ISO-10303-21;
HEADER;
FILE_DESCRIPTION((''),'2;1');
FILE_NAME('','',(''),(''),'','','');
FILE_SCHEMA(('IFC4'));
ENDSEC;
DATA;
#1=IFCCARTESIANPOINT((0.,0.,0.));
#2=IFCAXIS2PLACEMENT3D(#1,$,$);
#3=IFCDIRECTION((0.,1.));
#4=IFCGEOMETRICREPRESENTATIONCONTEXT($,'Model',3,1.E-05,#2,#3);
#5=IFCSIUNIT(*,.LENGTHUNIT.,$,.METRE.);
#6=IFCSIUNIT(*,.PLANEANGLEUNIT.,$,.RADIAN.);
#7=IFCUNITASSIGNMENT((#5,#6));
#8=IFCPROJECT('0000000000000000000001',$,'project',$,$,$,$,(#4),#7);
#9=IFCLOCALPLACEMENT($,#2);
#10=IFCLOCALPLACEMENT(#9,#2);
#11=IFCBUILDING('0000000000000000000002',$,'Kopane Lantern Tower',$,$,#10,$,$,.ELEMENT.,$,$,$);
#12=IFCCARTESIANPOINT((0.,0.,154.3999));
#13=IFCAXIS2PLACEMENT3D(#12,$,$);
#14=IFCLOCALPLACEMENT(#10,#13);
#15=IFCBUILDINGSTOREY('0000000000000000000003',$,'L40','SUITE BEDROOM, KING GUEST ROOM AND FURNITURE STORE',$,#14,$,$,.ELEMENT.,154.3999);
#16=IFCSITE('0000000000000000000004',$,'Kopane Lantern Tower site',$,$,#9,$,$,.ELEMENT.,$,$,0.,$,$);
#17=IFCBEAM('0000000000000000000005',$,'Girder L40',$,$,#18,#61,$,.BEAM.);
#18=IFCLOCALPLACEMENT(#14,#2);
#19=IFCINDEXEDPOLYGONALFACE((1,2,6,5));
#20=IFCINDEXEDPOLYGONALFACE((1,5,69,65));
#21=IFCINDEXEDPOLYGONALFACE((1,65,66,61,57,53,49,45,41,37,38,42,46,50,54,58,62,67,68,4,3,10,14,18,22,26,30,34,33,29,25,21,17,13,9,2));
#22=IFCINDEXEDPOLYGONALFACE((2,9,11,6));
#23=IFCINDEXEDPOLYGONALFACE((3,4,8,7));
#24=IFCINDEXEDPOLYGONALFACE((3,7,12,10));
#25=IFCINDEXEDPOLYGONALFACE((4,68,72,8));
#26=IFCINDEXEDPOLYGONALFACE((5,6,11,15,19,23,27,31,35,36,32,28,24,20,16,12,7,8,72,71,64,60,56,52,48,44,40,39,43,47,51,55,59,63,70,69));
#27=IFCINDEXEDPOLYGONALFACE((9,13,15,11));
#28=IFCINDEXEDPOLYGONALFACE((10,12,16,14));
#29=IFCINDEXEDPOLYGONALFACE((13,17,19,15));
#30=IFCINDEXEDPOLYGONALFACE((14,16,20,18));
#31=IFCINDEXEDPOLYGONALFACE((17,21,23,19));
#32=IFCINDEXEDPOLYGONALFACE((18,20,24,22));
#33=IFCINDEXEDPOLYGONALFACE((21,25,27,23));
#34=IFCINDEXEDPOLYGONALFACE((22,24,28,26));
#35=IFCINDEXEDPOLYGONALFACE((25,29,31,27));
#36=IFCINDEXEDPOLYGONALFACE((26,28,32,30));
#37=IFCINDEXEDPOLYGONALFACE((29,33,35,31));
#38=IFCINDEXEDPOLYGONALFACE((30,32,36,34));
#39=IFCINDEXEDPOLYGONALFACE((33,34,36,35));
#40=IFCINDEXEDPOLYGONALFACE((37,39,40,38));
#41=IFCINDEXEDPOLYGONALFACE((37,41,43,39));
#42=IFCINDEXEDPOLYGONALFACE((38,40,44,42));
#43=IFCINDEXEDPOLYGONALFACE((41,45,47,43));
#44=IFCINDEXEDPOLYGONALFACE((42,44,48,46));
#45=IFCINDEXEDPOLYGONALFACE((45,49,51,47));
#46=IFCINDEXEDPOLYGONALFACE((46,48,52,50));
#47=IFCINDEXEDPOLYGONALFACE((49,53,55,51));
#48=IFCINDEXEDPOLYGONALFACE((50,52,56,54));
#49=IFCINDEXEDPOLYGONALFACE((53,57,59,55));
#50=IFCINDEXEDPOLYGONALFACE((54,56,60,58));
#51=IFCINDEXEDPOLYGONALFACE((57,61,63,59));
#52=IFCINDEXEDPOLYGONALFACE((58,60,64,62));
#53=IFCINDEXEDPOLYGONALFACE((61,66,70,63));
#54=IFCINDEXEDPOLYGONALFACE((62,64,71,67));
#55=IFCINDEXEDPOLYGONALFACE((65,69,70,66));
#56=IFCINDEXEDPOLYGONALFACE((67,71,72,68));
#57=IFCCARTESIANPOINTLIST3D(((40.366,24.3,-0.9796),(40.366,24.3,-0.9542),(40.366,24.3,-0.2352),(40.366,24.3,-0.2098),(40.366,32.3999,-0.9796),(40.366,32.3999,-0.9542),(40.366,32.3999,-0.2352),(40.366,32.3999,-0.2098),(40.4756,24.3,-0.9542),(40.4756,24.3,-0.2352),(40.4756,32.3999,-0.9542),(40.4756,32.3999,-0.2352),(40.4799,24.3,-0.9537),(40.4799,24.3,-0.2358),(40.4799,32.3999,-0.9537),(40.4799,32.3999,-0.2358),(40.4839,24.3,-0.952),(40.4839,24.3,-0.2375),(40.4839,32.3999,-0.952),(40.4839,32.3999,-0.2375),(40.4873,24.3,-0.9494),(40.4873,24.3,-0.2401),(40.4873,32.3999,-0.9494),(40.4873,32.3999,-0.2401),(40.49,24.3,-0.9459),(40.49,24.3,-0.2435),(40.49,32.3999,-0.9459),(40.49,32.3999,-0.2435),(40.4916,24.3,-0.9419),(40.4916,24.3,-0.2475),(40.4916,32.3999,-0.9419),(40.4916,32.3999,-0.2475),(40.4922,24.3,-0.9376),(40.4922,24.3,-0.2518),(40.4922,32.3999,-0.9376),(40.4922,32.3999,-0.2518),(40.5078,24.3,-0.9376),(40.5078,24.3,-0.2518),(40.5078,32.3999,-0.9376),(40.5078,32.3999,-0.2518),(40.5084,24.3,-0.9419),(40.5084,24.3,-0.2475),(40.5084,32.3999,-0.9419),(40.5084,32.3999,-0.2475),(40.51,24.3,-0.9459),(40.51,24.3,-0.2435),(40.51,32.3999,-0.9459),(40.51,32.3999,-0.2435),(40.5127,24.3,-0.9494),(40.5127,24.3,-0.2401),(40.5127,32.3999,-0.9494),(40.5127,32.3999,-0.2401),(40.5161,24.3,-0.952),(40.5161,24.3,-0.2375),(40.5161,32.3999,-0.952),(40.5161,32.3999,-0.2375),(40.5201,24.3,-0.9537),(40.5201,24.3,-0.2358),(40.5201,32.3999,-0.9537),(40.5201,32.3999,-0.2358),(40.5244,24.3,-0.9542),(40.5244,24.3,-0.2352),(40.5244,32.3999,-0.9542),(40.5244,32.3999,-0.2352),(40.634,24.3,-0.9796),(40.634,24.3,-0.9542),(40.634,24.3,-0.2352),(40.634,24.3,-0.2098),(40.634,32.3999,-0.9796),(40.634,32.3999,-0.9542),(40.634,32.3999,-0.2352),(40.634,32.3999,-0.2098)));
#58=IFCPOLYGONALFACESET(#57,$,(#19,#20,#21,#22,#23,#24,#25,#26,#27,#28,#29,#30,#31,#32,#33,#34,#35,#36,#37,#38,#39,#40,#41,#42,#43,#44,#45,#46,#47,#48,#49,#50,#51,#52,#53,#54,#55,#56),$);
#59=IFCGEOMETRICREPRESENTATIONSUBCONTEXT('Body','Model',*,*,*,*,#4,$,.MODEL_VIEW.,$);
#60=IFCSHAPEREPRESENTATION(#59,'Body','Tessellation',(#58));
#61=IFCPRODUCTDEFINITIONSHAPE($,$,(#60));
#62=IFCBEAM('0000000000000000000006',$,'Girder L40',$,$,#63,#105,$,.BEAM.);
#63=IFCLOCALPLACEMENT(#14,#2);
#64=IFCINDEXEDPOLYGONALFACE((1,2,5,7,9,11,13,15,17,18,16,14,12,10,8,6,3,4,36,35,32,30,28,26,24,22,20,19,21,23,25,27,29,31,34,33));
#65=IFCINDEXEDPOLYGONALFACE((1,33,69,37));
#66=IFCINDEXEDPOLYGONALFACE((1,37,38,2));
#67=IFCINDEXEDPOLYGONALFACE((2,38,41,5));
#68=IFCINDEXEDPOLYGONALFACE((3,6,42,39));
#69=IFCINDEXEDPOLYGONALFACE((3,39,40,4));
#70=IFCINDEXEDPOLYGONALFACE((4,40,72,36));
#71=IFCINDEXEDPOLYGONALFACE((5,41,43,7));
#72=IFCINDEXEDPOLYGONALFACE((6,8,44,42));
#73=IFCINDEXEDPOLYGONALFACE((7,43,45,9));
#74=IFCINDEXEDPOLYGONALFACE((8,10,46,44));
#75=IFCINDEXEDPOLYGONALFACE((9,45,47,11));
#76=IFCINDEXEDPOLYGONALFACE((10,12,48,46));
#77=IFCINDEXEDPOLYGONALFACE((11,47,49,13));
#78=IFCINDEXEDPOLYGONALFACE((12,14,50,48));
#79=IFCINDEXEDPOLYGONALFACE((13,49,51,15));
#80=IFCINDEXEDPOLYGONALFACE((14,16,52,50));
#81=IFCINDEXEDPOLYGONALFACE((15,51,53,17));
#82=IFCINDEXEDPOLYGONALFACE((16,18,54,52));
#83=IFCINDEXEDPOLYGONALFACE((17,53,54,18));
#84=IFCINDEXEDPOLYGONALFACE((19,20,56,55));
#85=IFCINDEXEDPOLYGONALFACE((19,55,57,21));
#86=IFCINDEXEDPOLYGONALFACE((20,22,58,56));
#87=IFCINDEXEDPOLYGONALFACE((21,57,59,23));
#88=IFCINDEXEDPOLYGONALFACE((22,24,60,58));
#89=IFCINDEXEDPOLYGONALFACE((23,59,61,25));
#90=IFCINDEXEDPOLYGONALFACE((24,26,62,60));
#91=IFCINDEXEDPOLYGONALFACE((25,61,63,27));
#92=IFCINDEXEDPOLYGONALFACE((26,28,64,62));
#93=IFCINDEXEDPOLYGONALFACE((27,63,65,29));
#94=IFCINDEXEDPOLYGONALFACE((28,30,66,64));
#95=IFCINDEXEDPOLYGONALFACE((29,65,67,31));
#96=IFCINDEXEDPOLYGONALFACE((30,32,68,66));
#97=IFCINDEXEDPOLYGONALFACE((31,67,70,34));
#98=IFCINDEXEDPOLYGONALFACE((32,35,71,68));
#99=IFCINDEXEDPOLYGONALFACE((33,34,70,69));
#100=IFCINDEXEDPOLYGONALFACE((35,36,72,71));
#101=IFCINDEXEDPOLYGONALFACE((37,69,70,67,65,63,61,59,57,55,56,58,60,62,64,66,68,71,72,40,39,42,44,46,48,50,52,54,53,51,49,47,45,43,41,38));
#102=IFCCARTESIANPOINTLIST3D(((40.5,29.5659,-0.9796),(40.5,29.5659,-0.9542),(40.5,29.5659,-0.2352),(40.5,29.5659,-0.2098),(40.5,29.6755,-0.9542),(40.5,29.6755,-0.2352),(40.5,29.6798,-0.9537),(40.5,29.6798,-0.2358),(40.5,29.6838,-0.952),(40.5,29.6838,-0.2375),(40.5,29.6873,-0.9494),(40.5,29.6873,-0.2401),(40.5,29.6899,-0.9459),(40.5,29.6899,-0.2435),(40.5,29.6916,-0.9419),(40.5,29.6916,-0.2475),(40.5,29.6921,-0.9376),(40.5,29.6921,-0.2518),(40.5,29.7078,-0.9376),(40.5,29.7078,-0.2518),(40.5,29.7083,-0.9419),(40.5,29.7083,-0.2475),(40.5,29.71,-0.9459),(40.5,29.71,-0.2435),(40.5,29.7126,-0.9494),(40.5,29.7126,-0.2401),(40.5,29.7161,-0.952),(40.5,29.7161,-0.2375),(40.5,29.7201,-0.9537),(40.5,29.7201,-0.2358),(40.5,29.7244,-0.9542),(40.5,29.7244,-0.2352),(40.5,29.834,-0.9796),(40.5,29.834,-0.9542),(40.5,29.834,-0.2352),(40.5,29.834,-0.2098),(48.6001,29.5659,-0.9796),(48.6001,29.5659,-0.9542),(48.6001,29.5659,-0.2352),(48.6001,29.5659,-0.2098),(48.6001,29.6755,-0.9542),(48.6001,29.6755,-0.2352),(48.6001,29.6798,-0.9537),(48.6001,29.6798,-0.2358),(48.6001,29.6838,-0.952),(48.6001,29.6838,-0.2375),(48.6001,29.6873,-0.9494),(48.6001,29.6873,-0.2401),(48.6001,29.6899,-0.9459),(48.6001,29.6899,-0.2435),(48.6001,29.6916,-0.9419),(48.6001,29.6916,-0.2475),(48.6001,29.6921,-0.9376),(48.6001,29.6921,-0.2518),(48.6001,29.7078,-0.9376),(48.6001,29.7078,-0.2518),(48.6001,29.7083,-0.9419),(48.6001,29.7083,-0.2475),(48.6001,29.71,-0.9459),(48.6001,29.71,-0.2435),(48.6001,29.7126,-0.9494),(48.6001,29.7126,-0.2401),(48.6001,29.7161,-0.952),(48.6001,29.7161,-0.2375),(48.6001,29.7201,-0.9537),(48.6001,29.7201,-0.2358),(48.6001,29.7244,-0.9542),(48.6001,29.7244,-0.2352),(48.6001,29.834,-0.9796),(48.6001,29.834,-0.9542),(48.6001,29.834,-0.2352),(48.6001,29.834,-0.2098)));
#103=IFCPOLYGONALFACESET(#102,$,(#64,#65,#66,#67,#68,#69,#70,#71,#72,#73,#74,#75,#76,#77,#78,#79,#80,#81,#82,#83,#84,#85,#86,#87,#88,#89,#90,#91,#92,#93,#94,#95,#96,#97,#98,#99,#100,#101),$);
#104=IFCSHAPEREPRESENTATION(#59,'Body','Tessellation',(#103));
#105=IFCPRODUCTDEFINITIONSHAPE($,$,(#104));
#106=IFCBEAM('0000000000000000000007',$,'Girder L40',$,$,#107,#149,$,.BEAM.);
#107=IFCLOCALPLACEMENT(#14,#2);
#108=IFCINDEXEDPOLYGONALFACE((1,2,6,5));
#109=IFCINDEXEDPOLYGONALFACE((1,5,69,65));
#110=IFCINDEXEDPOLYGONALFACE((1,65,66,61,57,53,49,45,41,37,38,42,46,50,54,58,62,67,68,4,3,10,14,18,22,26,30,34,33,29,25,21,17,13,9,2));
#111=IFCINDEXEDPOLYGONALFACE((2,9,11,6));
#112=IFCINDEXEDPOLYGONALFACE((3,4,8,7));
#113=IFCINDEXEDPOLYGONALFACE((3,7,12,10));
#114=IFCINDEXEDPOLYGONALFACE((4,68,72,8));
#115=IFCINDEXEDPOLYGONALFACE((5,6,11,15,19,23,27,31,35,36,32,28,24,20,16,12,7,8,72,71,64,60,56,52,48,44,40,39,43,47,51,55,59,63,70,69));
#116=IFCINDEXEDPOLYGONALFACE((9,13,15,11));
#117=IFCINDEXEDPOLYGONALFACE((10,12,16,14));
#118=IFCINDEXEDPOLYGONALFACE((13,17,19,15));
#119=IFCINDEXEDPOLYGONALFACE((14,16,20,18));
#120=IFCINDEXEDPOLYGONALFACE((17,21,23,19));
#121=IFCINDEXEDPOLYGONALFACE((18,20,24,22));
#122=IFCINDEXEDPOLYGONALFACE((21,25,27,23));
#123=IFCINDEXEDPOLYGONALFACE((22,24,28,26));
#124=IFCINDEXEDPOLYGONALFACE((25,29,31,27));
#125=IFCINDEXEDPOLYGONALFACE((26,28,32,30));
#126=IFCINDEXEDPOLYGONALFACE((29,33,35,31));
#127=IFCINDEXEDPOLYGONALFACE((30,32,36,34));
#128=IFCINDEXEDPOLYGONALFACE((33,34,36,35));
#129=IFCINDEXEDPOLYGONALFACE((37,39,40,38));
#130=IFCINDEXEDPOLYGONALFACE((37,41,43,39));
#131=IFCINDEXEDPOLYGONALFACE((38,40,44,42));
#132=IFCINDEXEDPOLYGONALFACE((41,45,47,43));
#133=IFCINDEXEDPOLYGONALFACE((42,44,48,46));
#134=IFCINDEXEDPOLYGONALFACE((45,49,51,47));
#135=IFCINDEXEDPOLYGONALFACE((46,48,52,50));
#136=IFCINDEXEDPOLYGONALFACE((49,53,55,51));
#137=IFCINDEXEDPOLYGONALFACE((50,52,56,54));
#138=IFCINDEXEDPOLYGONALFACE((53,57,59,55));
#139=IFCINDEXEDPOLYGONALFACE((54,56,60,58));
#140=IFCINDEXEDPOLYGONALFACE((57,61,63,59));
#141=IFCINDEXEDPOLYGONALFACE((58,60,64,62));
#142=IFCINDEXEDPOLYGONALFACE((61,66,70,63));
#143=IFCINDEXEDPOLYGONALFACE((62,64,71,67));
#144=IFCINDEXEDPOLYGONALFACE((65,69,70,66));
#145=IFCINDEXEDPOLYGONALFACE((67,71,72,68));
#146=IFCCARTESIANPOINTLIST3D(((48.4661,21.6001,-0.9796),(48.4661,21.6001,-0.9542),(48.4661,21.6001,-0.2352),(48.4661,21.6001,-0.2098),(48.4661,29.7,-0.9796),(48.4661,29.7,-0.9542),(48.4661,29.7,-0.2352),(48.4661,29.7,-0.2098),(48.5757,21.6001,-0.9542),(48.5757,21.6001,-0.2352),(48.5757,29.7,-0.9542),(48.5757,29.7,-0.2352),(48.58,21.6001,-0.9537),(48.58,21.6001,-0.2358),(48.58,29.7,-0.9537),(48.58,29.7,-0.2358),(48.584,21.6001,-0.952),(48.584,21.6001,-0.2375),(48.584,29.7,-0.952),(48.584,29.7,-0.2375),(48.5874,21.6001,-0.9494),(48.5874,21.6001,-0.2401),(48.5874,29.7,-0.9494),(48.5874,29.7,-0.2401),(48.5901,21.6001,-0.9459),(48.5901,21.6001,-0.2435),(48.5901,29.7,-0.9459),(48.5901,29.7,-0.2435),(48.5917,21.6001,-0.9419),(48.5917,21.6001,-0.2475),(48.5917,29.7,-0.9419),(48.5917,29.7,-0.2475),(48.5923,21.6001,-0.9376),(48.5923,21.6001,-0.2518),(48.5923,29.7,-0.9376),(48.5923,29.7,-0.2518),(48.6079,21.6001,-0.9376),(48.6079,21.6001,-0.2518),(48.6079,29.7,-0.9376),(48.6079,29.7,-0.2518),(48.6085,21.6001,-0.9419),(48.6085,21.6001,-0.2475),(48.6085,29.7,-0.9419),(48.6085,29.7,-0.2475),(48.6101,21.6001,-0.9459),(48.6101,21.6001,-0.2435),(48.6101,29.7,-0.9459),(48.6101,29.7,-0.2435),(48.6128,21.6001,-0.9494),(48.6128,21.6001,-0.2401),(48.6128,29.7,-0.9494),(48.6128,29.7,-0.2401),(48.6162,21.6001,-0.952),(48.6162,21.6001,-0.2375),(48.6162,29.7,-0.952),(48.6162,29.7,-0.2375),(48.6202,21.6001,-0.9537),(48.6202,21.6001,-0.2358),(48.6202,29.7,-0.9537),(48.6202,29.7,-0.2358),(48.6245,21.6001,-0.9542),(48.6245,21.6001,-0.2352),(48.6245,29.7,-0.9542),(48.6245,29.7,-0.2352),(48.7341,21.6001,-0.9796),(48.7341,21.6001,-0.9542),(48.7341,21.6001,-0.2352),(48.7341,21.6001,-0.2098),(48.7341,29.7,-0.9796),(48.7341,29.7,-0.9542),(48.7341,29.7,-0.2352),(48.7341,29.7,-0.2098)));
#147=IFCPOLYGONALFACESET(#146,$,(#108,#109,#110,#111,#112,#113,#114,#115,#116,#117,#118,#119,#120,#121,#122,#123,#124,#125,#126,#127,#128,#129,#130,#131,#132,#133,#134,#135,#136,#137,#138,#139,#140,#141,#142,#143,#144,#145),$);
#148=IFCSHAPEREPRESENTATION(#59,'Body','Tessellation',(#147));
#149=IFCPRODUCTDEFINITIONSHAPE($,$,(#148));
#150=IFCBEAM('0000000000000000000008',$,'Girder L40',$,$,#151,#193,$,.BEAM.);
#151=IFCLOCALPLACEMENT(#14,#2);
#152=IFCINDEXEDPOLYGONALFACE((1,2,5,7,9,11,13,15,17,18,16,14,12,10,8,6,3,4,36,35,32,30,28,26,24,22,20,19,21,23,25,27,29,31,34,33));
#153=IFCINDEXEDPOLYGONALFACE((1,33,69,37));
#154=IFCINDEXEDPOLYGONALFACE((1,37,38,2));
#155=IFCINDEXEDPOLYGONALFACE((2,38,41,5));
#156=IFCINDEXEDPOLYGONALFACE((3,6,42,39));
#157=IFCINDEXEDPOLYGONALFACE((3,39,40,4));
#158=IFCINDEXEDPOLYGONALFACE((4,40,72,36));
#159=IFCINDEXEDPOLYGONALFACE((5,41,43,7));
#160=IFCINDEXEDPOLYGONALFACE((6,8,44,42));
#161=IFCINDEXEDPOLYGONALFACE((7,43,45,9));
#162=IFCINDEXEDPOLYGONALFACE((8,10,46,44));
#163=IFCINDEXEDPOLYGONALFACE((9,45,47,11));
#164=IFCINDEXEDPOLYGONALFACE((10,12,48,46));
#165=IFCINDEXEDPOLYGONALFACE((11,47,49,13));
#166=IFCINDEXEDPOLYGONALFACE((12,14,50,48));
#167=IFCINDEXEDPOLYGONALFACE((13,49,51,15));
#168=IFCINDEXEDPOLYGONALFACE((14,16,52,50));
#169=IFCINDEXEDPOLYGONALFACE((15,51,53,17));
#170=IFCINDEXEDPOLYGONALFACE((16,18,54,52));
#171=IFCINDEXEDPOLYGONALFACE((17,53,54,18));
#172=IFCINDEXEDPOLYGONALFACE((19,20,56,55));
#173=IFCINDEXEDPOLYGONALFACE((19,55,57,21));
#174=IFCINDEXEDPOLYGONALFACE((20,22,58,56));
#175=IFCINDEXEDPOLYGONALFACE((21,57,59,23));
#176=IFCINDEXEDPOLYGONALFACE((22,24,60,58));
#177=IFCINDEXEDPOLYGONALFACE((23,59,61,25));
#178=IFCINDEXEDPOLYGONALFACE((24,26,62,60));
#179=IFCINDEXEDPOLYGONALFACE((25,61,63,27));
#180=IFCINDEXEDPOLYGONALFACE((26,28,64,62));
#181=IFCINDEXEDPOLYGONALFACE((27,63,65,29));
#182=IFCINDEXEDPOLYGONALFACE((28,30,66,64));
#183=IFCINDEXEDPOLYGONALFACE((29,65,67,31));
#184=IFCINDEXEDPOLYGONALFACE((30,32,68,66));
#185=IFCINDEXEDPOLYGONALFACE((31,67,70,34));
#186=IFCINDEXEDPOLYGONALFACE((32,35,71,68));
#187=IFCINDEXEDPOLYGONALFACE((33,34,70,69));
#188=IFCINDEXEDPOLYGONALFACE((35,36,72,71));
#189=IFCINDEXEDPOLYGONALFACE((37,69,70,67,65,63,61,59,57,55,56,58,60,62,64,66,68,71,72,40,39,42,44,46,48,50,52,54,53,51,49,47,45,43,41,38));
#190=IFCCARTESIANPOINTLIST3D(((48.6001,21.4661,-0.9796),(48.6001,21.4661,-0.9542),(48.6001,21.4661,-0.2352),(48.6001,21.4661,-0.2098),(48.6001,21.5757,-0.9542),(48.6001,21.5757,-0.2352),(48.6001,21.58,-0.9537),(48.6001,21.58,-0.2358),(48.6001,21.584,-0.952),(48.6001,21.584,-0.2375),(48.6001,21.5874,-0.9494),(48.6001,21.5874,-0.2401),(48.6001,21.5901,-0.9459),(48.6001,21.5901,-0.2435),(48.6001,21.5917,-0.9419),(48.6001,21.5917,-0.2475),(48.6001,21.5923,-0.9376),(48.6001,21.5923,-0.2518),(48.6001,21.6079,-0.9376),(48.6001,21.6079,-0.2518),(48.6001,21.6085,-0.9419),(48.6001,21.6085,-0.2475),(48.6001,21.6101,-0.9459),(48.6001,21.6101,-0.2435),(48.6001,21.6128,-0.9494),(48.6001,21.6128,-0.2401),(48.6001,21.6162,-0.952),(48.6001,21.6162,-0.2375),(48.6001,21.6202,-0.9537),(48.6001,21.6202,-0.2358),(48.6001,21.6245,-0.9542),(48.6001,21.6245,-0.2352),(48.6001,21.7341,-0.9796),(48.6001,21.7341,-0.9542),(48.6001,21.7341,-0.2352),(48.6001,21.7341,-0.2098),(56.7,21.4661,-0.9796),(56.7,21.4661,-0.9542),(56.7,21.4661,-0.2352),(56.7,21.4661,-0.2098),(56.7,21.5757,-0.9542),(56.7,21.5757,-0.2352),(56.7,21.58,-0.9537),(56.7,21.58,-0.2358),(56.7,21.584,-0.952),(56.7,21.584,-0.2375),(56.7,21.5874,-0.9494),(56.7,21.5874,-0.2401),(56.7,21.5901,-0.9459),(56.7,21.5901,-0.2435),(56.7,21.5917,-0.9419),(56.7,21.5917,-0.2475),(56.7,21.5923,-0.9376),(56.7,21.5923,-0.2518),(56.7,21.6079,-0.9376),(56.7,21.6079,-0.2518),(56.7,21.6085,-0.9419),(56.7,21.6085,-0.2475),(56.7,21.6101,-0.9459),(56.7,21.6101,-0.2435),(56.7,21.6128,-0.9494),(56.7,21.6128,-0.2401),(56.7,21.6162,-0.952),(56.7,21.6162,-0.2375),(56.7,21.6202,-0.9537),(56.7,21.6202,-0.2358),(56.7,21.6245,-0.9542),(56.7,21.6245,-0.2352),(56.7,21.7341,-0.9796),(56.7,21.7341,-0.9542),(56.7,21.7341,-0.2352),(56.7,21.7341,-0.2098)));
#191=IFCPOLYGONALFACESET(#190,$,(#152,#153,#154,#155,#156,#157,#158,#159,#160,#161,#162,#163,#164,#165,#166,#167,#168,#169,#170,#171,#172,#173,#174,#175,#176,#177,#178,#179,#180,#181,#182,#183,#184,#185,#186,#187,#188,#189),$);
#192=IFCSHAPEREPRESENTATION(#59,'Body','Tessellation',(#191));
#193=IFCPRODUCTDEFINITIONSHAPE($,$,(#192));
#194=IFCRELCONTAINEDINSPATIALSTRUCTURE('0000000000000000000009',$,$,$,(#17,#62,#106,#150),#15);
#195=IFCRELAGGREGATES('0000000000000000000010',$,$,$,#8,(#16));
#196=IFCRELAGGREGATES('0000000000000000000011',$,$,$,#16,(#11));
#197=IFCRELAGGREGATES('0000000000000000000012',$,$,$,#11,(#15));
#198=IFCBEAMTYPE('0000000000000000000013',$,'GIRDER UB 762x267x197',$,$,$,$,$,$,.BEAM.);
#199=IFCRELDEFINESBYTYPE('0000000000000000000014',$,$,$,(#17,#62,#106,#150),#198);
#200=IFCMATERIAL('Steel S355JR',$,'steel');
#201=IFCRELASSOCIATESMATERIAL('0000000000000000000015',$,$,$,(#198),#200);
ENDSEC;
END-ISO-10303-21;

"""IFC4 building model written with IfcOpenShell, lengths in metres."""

from ifc_helpers import new_model, si_unit, direction, frame, origin, origin_2d, place, context, subcontext, project, spatial, i_section, extrude, material, material_profile, profile_set, type_object, element, save


model = new_model("IFC4")

# Units and contexts
model_context = context("Model", 3, precision=1e-05, world=origin(), true_north=direction((0.0, 1.0)))
body_context = subcontext(model_context, "Body", "Model", "MODEL_VIEW")
ifc_project = project(units=[si_unit("LENGTHUNIT", "METRE"), si_unit("PLANEANGLEUNIT", "RADIAN")], contexts=[model_context])

# Site, building, storey
site_placement = place(None, origin())
site = spatial("IfcSite", under=ifc_project, at=site_placement, Name="Kopane Lantern Tower site", CompositionType="ELEMENT", RefElevation=0.0)
building_placement = place(site_placement, origin())
building = spatial("IfcBuilding", under=site, at=building_placement, Name="Kopane Lantern Tower", CompositionType="ELEMENT")
storey_placement = place(building_placement, frame((0.0, 0.0, 154.3999)))
storey = spatial("IfcBuildingStorey", under=building, at=storey_placement, Name="L40", Description="SUITE BEDROOM, KING GUEST ROOM AND FURNITURE STORE", CompositionType="ELEMENT", Elevation=154.3999)

# Beams
ifc_material_1 = material(Name="Steel S355JR", Category="steel")
ifc_material_profile_1 = material_profile(ifc_material_1, i_section(OverallWidth=0.2681, OverallDepth=0.7698, WebThickness=0.0156, FlangeThickness=0.0254, FilletRadius=0.0166, at=origin_2d()), Name="UB 762x267x197")
ifc_profile_set_1 = profile_set([ifc_material_profile_1], Name="Steel S355JR")
beam_type_1 = type_object("IfcBeamType", Name="GIRDER UB 762x267x197", PredefinedType="BEAM", material=ifc_profile_set_1)
beam_1_placement = place(storey_placement, frame((40.5, 24.3, -0.5947), z_axis=(0.0, 1.0, 0.0), x_axis=(-1.0, 0.0, 0.0)))
element("IfcBeam", 1, at=beam_1_placement, inside=storey, type_object=beam_type_1, Name="Girder L40", PredefinedType="BEAM", context=body_context, shape_type="SweptSolid", body=[
    extrude(i_section(OverallWidth=0.2681, OverallDepth=0.7698, WebThickness=0.0156, FlangeThickness=0.0254, FilletRadius=0.0166, at=origin_2d()), origin(), (0.0, 0.0, 1.0), 8.0999),
])
beam_2_placement = place(storey_placement, frame((40.5, 29.7, -0.5947), z_axis=(1.0, 0.0, 0.0), x_axis=(0.0, 1.0, 0.0)))
element("IfcBeam", 2, at=beam_2_placement, inside=storey, type_object=beam_type_1, Name="Girder L40", PredefinedType="BEAM", context=body_context, shape_type="SweptSolid", body=[
    extrude(i_section(OverallWidth=0.2681, OverallDepth=0.7698, WebThickness=0.0156, FlangeThickness=0.0254, FilletRadius=0.0166, at=origin_2d()), origin(), (0.0, 0.0, 1.0), 8.1001),
])
for number, where, z_axis, x_axis, name in (
    (3, (48.6001, 21.6001, -0.5947), (0.0, 1.0, 0.0), (-1.0, 0.0, 0.0), "Girder L40"),
    (4, (48.6001, 21.6001, -0.5947), (1.0, 0.0, 0.0), (0.0, 1.0, 0.0), "Girder L40"),
):
    element("IfcBeam", number, at=place(storey_placement, frame(where, z_axis=z_axis, x_axis=x_axis)), inside=storey, type_object=beam_type_1, Name=name, PredefinedType="BEAM", context=body_context, shape_type="SweptSolid", body=[
        extrude(i_section(OverallWidth=0.2681, OverallDepth=0.7698, WebThickness=0.0156, FlangeThickness=0.0254, FilletRadius=0.0166, at=origin_2d()), origin(), (0.0, 0.0, 1.0), 8.0999),
    ])

save(model, "model.ifc")
